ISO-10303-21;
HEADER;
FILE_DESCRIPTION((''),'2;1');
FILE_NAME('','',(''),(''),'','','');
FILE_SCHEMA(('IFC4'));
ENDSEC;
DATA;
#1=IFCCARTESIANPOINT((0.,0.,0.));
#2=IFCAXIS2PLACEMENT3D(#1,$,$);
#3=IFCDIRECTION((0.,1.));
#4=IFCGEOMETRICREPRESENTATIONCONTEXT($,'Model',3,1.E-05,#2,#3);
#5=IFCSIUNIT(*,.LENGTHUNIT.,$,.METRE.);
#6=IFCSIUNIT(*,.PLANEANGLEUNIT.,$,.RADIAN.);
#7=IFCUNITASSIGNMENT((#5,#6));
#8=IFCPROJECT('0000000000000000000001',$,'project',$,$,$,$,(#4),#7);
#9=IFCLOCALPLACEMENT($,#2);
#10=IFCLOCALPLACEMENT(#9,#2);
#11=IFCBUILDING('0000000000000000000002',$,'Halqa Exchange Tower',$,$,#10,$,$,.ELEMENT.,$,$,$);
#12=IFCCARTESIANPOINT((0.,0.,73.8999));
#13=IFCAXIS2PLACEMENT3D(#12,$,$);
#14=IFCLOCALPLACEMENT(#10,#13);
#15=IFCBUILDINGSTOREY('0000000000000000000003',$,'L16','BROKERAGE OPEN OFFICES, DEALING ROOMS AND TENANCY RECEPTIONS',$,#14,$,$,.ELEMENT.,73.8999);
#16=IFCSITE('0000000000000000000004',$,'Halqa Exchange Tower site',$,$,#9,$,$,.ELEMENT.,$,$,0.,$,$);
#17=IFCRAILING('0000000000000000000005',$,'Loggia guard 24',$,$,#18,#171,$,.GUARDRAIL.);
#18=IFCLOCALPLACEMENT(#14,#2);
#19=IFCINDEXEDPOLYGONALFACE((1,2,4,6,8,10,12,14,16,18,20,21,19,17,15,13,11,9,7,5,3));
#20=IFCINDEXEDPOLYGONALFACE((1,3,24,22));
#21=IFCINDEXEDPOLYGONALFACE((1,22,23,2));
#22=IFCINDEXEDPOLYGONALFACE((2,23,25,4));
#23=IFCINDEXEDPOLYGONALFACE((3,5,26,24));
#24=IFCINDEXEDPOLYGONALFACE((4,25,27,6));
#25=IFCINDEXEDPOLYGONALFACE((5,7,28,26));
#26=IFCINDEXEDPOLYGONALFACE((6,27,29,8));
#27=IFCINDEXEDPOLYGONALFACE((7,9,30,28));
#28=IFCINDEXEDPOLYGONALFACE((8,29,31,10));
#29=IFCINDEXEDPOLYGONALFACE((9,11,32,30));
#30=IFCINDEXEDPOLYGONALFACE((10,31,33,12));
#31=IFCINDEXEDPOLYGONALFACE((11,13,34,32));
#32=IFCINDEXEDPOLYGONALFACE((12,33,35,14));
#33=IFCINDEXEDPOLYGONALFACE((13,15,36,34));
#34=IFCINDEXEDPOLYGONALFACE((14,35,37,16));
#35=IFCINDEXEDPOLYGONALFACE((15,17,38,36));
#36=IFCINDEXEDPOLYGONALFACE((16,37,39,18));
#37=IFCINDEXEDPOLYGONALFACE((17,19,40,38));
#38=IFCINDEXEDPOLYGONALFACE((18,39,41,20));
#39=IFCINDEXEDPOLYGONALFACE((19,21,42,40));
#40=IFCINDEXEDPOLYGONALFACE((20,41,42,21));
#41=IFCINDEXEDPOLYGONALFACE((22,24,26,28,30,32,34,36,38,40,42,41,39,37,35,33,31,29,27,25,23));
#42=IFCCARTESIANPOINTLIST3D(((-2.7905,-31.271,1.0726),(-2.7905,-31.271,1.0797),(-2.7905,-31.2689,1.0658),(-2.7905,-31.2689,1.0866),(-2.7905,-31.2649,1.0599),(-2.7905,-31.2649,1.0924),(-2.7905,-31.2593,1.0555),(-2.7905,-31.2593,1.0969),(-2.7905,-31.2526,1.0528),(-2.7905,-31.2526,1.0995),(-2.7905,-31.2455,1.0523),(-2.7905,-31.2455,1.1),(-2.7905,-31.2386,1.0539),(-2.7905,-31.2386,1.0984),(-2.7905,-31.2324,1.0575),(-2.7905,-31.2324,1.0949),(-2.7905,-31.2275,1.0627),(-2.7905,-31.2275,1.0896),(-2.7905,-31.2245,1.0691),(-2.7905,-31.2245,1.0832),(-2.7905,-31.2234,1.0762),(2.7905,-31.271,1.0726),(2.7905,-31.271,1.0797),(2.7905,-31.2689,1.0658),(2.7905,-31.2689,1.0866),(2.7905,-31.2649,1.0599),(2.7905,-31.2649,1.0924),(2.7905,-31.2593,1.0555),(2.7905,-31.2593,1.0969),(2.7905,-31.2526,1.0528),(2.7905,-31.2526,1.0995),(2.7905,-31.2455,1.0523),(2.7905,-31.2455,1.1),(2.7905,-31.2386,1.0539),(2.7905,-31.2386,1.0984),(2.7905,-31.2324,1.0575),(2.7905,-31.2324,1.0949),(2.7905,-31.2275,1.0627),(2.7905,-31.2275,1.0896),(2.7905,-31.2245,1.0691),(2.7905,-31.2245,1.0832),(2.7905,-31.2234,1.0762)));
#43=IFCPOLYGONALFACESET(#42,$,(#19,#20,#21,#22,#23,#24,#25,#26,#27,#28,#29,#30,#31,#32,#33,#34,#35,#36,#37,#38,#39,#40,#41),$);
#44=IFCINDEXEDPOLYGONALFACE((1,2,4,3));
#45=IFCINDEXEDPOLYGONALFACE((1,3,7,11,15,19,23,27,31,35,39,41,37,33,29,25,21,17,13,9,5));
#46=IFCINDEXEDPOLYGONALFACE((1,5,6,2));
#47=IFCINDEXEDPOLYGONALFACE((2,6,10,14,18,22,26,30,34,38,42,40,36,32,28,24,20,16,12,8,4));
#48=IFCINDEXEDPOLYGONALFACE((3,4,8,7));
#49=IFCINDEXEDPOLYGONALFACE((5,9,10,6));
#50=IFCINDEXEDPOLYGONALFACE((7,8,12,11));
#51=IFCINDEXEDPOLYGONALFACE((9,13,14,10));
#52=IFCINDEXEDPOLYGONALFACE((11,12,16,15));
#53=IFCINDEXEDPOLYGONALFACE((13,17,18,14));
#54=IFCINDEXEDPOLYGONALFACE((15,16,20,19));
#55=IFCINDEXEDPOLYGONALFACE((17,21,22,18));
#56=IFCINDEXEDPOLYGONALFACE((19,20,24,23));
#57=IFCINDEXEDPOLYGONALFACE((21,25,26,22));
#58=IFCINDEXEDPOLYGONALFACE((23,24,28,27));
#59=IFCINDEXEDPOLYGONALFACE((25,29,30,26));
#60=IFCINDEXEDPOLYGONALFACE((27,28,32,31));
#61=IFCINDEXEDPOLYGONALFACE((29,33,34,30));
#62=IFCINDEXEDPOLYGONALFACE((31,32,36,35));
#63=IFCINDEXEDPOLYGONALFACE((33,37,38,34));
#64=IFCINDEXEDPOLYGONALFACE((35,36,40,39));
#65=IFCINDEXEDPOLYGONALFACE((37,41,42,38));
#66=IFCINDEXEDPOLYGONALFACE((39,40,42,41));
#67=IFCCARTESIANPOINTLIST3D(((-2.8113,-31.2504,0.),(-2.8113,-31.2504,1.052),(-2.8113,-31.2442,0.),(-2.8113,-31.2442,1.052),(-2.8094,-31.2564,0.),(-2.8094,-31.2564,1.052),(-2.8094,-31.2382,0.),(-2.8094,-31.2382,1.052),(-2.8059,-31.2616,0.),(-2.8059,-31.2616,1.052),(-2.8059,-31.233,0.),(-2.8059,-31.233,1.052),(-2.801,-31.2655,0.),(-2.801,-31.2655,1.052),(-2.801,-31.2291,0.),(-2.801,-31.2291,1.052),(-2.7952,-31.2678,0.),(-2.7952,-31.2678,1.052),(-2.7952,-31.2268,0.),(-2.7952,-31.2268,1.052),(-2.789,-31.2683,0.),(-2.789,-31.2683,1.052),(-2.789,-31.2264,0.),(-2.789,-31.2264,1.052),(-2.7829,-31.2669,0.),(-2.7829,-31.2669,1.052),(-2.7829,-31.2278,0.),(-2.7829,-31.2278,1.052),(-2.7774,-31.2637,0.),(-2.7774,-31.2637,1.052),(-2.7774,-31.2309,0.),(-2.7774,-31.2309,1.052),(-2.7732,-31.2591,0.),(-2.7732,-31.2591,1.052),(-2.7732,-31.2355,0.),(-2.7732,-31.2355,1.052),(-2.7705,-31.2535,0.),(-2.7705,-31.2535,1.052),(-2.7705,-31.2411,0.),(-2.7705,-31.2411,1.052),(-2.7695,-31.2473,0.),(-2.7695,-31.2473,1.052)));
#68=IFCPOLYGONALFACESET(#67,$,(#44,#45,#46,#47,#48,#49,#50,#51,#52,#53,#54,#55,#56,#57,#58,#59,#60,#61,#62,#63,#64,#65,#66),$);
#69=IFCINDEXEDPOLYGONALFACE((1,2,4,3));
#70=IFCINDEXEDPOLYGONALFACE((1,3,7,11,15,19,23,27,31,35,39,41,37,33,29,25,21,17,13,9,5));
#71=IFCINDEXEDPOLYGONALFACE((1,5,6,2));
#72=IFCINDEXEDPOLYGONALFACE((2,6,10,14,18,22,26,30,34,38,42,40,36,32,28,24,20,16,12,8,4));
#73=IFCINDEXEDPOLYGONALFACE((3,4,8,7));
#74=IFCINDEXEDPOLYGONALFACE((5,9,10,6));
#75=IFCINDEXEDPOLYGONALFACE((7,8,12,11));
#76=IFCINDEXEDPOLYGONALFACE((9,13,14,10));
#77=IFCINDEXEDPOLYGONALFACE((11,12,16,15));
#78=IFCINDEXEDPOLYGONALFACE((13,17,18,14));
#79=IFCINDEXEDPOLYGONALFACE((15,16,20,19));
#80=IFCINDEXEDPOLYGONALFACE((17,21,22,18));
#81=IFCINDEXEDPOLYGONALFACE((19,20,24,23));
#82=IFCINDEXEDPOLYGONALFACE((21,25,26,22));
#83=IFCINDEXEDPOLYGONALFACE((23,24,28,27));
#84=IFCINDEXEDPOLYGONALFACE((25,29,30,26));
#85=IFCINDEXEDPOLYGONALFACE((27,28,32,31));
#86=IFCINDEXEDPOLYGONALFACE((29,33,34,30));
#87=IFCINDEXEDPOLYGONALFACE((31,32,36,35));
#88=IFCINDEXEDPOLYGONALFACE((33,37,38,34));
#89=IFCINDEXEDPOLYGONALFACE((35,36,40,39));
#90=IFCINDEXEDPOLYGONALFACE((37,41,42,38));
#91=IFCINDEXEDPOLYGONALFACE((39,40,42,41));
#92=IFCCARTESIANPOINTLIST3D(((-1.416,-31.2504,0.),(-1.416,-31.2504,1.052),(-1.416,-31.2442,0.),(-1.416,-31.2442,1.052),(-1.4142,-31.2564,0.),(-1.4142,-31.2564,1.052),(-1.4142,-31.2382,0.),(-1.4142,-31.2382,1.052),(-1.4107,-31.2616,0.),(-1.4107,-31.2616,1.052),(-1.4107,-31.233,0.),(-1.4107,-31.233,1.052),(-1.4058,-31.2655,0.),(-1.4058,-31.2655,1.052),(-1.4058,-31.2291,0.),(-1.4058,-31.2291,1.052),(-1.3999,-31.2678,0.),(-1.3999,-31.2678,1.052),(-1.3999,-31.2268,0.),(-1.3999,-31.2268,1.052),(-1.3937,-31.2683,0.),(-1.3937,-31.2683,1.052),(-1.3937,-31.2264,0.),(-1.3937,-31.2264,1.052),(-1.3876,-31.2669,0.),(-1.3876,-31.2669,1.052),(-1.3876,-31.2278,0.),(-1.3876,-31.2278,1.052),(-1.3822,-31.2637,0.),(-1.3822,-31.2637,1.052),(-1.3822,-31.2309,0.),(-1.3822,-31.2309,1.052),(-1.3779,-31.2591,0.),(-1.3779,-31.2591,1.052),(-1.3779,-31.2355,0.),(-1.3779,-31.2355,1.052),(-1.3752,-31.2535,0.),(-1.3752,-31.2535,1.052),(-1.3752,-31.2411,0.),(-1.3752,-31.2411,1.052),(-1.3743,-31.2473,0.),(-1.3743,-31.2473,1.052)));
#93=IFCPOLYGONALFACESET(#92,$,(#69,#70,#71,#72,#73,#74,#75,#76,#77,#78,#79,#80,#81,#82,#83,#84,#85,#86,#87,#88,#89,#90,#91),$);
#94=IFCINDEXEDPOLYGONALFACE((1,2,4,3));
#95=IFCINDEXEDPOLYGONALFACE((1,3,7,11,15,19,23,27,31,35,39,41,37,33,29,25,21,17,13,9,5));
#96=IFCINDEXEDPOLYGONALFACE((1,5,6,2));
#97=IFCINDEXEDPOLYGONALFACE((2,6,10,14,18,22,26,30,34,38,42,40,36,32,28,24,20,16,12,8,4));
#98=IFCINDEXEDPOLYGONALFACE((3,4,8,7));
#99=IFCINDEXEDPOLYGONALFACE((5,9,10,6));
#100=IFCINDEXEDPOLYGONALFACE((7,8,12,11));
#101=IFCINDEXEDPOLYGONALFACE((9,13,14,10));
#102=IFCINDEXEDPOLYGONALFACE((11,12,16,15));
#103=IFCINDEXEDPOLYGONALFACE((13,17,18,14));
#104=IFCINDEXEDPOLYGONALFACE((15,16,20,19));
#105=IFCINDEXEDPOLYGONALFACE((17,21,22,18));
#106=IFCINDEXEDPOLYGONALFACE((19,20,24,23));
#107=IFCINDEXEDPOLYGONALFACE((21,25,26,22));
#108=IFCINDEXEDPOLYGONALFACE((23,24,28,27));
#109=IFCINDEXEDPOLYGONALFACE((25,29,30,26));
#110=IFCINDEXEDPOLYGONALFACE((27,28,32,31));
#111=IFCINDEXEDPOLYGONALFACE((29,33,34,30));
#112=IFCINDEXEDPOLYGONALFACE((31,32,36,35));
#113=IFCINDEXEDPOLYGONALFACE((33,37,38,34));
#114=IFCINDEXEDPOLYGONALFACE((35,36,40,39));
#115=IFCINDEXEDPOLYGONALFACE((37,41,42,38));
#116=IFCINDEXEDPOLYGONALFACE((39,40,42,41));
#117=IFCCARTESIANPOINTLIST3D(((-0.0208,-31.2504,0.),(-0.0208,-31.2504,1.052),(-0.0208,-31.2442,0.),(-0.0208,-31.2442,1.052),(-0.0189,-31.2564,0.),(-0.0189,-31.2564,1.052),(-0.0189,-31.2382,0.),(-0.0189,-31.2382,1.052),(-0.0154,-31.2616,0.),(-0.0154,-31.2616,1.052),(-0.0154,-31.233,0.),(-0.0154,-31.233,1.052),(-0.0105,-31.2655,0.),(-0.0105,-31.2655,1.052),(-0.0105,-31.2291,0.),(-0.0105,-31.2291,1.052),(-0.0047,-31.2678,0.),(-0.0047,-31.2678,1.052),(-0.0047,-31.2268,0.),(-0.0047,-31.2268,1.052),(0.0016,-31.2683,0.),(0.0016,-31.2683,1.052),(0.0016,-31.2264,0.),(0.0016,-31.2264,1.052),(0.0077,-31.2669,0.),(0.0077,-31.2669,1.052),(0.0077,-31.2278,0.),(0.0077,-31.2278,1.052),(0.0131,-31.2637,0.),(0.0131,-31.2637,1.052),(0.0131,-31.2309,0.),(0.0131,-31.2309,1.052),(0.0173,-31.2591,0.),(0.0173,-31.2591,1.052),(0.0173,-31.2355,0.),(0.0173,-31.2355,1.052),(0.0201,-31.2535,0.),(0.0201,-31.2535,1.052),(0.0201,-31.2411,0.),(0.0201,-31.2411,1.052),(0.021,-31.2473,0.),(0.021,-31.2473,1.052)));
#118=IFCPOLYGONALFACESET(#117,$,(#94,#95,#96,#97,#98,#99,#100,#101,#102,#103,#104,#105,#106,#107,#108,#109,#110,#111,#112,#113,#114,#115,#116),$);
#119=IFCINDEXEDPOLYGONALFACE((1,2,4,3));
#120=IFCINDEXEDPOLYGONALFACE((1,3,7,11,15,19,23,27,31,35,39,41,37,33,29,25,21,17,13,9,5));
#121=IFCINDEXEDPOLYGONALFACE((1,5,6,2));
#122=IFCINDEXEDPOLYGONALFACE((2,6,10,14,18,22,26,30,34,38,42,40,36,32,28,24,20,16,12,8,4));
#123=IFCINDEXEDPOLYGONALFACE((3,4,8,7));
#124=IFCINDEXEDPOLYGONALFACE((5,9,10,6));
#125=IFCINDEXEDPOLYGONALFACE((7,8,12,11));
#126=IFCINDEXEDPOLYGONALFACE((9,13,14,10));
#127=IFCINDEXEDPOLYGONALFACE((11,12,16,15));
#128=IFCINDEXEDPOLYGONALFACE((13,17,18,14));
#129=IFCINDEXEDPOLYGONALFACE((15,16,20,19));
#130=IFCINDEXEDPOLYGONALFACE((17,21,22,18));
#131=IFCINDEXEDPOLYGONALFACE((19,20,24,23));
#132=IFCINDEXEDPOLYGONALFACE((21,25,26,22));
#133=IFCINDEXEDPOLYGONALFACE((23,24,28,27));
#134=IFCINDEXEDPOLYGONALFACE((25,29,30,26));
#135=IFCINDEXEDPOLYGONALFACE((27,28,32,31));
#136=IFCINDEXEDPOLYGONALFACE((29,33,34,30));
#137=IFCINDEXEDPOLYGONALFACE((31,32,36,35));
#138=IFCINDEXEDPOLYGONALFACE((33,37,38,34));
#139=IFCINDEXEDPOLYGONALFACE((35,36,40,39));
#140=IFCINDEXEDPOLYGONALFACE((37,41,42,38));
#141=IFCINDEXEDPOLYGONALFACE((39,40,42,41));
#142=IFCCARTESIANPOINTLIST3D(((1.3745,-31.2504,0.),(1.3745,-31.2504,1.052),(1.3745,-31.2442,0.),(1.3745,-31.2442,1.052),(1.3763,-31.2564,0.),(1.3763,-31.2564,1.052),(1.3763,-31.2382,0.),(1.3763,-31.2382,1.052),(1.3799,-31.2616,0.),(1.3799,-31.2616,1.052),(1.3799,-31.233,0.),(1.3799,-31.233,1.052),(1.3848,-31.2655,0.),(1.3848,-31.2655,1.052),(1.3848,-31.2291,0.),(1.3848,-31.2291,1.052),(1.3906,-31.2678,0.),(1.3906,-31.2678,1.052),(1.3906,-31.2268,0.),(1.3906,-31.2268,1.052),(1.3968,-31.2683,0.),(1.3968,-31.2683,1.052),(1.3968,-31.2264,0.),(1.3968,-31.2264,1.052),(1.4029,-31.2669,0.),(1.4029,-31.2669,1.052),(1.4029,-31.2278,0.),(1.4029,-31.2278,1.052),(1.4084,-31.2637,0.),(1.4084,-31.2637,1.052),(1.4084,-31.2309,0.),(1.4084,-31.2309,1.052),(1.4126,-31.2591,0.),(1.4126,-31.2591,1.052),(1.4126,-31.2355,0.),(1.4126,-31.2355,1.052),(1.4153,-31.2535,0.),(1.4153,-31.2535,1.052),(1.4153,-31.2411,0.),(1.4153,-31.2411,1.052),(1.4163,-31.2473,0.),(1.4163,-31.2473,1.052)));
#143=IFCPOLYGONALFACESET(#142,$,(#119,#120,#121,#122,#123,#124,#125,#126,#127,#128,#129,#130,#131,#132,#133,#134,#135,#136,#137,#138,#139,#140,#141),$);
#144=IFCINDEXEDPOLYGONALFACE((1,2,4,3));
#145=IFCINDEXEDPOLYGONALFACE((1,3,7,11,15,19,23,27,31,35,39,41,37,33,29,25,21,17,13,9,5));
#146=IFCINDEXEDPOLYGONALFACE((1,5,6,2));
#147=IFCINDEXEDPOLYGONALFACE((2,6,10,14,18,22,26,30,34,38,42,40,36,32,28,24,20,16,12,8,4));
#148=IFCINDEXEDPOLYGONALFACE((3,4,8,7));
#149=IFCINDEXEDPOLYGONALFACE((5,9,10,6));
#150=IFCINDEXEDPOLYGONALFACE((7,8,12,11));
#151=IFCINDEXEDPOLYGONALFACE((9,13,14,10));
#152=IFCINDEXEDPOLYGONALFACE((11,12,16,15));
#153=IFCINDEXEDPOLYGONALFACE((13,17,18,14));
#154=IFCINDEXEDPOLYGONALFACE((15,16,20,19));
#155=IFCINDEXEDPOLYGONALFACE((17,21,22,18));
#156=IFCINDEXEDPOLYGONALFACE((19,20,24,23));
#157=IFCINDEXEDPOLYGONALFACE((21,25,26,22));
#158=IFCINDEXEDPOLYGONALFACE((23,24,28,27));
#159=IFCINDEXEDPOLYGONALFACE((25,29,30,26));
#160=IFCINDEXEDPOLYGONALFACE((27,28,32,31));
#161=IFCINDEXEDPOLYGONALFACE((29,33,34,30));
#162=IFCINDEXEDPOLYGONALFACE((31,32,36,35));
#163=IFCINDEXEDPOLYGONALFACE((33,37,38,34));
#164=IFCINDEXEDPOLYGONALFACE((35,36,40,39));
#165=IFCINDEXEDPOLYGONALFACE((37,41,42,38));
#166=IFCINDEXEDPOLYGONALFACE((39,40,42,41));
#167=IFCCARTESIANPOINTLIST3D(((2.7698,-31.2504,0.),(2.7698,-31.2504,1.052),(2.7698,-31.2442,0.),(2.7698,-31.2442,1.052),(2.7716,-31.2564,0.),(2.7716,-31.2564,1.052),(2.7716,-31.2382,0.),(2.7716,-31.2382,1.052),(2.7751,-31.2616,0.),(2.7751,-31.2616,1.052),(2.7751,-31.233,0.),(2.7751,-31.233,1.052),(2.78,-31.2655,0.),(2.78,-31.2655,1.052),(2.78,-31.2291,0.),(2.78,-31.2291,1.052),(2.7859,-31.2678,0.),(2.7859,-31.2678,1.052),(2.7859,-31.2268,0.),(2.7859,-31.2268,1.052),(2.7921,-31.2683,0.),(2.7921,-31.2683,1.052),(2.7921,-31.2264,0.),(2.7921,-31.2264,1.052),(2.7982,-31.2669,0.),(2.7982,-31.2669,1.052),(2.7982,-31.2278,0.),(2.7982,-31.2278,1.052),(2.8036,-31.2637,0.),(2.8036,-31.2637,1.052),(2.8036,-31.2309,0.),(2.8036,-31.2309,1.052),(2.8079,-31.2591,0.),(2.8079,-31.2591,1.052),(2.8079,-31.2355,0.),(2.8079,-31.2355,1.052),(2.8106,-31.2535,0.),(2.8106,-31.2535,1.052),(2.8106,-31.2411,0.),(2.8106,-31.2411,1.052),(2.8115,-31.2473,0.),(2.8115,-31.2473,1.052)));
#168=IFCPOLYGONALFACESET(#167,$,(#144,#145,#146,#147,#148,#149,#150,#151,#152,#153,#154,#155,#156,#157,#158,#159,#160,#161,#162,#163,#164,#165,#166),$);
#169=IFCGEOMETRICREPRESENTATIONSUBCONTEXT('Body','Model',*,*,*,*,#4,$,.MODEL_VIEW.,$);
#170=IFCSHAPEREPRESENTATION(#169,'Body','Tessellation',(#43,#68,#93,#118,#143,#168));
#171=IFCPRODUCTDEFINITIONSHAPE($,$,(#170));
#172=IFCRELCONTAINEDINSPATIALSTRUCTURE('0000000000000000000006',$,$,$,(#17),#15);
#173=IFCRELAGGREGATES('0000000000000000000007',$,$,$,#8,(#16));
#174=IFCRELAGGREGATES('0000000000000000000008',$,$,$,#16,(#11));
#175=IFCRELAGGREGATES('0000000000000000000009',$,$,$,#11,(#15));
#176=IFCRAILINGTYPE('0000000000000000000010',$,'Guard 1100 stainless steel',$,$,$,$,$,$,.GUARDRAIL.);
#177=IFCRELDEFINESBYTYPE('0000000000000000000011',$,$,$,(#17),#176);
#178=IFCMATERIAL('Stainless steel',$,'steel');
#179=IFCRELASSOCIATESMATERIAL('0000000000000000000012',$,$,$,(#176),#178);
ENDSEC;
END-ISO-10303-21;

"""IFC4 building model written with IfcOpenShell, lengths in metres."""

from ifc_helpers import new_model, si_unit, direction, frame, origin, origin_2d, place, context, subcontext, project, spatial, circle, extrude, material, type_object, element, save


model = new_model("IFC4")

# Units and contexts
model_context = context("Model", 3, precision=1e-05, world=origin(), true_north=direction((0.0, 1.0)))
body_context = subcontext(model_context, "Body", "Model", "MODEL_VIEW")
ifc_project = project(units=[si_unit("LENGTHUNIT", "METRE"), si_unit("PLANEANGLEUNIT", "RADIAN")], contexts=[model_context])

# Site, building, storey
site_placement = place(None, origin())
site = spatial("IfcSite", under=ifc_project, at=site_placement, Name="Halqa Exchange Tower site", CompositionType="ELEMENT", RefElevation=0.0)
building_placement = place(site_placement, origin())
building = spatial("IfcBuilding", under=site, at=building_placement, Name="Halqa Exchange Tower", CompositionType="ELEMENT")
storey_placement = place(building_placement, frame((0.0, 0.0, 73.8999)))
storey = spatial("IfcBuildingStorey", under=building, at=storey_placement, Name="L16", Description="BROKERAGE OPEN OFFICES, DEALING ROOMS AND TENANCY RECEPTIONS", CompositionType="ELEMENT", Elevation=73.8999)

# Railing
ifc_material_1 = material(Name="Stainless steel", Category="steel")
railing_type = type_object("IfcRailingType", Name="Guard 1100 stainless steel", PredefinedType="GUARDRAIL", material=ifc_material_1)
railing_1_placement = place(storey_placement, frame((-2.7905, -31.2473, 0.0)))
element("IfcRailing", 1, at=railing_1_placement, inside=storey, type_object=railing_type, Name="Loggia guard 24", PredefinedType="GUARDRAIL", context=body_context, shape_type="SweptSolid", body=[
    extrude(circle(Radius=0.0239, at=origin_2d()), frame((0.0, 0.0, 1.0762), z_axis=(1.0, 0.0, 0.0), x_axis=(0.0, 1.0, 0.0)), (0.0, 0.0, 1.0), 5.5811),
    extrude(circle(Radius=0.021, at=origin_2d()), origin(), (0.0, 0.0, 1.0), 1.052),
    extrude(circle(Radius=0.021, at=origin_2d()), frame((1.3953, 0.0, 0.0)), (0.0, 0.0, 1.0), 1.052),
    extrude(circle(Radius=0.021, at=origin_2d()), frame((2.7905, 0.0, 0.0)), (0.0, 0.0, 1.0), 1.052),
    extrude(circle(Radius=0.021, at=origin_2d()), frame((4.1858, 0.0, 0.0)), (0.0, 0.0, 1.0), 1.052),
    extrude(circle(Radius=0.021, at=origin_2d()), frame((5.5811, 0.0, 0.0)), (0.0, 0.0, 1.0), 1.052),
])

save(model, "model.ifc")
